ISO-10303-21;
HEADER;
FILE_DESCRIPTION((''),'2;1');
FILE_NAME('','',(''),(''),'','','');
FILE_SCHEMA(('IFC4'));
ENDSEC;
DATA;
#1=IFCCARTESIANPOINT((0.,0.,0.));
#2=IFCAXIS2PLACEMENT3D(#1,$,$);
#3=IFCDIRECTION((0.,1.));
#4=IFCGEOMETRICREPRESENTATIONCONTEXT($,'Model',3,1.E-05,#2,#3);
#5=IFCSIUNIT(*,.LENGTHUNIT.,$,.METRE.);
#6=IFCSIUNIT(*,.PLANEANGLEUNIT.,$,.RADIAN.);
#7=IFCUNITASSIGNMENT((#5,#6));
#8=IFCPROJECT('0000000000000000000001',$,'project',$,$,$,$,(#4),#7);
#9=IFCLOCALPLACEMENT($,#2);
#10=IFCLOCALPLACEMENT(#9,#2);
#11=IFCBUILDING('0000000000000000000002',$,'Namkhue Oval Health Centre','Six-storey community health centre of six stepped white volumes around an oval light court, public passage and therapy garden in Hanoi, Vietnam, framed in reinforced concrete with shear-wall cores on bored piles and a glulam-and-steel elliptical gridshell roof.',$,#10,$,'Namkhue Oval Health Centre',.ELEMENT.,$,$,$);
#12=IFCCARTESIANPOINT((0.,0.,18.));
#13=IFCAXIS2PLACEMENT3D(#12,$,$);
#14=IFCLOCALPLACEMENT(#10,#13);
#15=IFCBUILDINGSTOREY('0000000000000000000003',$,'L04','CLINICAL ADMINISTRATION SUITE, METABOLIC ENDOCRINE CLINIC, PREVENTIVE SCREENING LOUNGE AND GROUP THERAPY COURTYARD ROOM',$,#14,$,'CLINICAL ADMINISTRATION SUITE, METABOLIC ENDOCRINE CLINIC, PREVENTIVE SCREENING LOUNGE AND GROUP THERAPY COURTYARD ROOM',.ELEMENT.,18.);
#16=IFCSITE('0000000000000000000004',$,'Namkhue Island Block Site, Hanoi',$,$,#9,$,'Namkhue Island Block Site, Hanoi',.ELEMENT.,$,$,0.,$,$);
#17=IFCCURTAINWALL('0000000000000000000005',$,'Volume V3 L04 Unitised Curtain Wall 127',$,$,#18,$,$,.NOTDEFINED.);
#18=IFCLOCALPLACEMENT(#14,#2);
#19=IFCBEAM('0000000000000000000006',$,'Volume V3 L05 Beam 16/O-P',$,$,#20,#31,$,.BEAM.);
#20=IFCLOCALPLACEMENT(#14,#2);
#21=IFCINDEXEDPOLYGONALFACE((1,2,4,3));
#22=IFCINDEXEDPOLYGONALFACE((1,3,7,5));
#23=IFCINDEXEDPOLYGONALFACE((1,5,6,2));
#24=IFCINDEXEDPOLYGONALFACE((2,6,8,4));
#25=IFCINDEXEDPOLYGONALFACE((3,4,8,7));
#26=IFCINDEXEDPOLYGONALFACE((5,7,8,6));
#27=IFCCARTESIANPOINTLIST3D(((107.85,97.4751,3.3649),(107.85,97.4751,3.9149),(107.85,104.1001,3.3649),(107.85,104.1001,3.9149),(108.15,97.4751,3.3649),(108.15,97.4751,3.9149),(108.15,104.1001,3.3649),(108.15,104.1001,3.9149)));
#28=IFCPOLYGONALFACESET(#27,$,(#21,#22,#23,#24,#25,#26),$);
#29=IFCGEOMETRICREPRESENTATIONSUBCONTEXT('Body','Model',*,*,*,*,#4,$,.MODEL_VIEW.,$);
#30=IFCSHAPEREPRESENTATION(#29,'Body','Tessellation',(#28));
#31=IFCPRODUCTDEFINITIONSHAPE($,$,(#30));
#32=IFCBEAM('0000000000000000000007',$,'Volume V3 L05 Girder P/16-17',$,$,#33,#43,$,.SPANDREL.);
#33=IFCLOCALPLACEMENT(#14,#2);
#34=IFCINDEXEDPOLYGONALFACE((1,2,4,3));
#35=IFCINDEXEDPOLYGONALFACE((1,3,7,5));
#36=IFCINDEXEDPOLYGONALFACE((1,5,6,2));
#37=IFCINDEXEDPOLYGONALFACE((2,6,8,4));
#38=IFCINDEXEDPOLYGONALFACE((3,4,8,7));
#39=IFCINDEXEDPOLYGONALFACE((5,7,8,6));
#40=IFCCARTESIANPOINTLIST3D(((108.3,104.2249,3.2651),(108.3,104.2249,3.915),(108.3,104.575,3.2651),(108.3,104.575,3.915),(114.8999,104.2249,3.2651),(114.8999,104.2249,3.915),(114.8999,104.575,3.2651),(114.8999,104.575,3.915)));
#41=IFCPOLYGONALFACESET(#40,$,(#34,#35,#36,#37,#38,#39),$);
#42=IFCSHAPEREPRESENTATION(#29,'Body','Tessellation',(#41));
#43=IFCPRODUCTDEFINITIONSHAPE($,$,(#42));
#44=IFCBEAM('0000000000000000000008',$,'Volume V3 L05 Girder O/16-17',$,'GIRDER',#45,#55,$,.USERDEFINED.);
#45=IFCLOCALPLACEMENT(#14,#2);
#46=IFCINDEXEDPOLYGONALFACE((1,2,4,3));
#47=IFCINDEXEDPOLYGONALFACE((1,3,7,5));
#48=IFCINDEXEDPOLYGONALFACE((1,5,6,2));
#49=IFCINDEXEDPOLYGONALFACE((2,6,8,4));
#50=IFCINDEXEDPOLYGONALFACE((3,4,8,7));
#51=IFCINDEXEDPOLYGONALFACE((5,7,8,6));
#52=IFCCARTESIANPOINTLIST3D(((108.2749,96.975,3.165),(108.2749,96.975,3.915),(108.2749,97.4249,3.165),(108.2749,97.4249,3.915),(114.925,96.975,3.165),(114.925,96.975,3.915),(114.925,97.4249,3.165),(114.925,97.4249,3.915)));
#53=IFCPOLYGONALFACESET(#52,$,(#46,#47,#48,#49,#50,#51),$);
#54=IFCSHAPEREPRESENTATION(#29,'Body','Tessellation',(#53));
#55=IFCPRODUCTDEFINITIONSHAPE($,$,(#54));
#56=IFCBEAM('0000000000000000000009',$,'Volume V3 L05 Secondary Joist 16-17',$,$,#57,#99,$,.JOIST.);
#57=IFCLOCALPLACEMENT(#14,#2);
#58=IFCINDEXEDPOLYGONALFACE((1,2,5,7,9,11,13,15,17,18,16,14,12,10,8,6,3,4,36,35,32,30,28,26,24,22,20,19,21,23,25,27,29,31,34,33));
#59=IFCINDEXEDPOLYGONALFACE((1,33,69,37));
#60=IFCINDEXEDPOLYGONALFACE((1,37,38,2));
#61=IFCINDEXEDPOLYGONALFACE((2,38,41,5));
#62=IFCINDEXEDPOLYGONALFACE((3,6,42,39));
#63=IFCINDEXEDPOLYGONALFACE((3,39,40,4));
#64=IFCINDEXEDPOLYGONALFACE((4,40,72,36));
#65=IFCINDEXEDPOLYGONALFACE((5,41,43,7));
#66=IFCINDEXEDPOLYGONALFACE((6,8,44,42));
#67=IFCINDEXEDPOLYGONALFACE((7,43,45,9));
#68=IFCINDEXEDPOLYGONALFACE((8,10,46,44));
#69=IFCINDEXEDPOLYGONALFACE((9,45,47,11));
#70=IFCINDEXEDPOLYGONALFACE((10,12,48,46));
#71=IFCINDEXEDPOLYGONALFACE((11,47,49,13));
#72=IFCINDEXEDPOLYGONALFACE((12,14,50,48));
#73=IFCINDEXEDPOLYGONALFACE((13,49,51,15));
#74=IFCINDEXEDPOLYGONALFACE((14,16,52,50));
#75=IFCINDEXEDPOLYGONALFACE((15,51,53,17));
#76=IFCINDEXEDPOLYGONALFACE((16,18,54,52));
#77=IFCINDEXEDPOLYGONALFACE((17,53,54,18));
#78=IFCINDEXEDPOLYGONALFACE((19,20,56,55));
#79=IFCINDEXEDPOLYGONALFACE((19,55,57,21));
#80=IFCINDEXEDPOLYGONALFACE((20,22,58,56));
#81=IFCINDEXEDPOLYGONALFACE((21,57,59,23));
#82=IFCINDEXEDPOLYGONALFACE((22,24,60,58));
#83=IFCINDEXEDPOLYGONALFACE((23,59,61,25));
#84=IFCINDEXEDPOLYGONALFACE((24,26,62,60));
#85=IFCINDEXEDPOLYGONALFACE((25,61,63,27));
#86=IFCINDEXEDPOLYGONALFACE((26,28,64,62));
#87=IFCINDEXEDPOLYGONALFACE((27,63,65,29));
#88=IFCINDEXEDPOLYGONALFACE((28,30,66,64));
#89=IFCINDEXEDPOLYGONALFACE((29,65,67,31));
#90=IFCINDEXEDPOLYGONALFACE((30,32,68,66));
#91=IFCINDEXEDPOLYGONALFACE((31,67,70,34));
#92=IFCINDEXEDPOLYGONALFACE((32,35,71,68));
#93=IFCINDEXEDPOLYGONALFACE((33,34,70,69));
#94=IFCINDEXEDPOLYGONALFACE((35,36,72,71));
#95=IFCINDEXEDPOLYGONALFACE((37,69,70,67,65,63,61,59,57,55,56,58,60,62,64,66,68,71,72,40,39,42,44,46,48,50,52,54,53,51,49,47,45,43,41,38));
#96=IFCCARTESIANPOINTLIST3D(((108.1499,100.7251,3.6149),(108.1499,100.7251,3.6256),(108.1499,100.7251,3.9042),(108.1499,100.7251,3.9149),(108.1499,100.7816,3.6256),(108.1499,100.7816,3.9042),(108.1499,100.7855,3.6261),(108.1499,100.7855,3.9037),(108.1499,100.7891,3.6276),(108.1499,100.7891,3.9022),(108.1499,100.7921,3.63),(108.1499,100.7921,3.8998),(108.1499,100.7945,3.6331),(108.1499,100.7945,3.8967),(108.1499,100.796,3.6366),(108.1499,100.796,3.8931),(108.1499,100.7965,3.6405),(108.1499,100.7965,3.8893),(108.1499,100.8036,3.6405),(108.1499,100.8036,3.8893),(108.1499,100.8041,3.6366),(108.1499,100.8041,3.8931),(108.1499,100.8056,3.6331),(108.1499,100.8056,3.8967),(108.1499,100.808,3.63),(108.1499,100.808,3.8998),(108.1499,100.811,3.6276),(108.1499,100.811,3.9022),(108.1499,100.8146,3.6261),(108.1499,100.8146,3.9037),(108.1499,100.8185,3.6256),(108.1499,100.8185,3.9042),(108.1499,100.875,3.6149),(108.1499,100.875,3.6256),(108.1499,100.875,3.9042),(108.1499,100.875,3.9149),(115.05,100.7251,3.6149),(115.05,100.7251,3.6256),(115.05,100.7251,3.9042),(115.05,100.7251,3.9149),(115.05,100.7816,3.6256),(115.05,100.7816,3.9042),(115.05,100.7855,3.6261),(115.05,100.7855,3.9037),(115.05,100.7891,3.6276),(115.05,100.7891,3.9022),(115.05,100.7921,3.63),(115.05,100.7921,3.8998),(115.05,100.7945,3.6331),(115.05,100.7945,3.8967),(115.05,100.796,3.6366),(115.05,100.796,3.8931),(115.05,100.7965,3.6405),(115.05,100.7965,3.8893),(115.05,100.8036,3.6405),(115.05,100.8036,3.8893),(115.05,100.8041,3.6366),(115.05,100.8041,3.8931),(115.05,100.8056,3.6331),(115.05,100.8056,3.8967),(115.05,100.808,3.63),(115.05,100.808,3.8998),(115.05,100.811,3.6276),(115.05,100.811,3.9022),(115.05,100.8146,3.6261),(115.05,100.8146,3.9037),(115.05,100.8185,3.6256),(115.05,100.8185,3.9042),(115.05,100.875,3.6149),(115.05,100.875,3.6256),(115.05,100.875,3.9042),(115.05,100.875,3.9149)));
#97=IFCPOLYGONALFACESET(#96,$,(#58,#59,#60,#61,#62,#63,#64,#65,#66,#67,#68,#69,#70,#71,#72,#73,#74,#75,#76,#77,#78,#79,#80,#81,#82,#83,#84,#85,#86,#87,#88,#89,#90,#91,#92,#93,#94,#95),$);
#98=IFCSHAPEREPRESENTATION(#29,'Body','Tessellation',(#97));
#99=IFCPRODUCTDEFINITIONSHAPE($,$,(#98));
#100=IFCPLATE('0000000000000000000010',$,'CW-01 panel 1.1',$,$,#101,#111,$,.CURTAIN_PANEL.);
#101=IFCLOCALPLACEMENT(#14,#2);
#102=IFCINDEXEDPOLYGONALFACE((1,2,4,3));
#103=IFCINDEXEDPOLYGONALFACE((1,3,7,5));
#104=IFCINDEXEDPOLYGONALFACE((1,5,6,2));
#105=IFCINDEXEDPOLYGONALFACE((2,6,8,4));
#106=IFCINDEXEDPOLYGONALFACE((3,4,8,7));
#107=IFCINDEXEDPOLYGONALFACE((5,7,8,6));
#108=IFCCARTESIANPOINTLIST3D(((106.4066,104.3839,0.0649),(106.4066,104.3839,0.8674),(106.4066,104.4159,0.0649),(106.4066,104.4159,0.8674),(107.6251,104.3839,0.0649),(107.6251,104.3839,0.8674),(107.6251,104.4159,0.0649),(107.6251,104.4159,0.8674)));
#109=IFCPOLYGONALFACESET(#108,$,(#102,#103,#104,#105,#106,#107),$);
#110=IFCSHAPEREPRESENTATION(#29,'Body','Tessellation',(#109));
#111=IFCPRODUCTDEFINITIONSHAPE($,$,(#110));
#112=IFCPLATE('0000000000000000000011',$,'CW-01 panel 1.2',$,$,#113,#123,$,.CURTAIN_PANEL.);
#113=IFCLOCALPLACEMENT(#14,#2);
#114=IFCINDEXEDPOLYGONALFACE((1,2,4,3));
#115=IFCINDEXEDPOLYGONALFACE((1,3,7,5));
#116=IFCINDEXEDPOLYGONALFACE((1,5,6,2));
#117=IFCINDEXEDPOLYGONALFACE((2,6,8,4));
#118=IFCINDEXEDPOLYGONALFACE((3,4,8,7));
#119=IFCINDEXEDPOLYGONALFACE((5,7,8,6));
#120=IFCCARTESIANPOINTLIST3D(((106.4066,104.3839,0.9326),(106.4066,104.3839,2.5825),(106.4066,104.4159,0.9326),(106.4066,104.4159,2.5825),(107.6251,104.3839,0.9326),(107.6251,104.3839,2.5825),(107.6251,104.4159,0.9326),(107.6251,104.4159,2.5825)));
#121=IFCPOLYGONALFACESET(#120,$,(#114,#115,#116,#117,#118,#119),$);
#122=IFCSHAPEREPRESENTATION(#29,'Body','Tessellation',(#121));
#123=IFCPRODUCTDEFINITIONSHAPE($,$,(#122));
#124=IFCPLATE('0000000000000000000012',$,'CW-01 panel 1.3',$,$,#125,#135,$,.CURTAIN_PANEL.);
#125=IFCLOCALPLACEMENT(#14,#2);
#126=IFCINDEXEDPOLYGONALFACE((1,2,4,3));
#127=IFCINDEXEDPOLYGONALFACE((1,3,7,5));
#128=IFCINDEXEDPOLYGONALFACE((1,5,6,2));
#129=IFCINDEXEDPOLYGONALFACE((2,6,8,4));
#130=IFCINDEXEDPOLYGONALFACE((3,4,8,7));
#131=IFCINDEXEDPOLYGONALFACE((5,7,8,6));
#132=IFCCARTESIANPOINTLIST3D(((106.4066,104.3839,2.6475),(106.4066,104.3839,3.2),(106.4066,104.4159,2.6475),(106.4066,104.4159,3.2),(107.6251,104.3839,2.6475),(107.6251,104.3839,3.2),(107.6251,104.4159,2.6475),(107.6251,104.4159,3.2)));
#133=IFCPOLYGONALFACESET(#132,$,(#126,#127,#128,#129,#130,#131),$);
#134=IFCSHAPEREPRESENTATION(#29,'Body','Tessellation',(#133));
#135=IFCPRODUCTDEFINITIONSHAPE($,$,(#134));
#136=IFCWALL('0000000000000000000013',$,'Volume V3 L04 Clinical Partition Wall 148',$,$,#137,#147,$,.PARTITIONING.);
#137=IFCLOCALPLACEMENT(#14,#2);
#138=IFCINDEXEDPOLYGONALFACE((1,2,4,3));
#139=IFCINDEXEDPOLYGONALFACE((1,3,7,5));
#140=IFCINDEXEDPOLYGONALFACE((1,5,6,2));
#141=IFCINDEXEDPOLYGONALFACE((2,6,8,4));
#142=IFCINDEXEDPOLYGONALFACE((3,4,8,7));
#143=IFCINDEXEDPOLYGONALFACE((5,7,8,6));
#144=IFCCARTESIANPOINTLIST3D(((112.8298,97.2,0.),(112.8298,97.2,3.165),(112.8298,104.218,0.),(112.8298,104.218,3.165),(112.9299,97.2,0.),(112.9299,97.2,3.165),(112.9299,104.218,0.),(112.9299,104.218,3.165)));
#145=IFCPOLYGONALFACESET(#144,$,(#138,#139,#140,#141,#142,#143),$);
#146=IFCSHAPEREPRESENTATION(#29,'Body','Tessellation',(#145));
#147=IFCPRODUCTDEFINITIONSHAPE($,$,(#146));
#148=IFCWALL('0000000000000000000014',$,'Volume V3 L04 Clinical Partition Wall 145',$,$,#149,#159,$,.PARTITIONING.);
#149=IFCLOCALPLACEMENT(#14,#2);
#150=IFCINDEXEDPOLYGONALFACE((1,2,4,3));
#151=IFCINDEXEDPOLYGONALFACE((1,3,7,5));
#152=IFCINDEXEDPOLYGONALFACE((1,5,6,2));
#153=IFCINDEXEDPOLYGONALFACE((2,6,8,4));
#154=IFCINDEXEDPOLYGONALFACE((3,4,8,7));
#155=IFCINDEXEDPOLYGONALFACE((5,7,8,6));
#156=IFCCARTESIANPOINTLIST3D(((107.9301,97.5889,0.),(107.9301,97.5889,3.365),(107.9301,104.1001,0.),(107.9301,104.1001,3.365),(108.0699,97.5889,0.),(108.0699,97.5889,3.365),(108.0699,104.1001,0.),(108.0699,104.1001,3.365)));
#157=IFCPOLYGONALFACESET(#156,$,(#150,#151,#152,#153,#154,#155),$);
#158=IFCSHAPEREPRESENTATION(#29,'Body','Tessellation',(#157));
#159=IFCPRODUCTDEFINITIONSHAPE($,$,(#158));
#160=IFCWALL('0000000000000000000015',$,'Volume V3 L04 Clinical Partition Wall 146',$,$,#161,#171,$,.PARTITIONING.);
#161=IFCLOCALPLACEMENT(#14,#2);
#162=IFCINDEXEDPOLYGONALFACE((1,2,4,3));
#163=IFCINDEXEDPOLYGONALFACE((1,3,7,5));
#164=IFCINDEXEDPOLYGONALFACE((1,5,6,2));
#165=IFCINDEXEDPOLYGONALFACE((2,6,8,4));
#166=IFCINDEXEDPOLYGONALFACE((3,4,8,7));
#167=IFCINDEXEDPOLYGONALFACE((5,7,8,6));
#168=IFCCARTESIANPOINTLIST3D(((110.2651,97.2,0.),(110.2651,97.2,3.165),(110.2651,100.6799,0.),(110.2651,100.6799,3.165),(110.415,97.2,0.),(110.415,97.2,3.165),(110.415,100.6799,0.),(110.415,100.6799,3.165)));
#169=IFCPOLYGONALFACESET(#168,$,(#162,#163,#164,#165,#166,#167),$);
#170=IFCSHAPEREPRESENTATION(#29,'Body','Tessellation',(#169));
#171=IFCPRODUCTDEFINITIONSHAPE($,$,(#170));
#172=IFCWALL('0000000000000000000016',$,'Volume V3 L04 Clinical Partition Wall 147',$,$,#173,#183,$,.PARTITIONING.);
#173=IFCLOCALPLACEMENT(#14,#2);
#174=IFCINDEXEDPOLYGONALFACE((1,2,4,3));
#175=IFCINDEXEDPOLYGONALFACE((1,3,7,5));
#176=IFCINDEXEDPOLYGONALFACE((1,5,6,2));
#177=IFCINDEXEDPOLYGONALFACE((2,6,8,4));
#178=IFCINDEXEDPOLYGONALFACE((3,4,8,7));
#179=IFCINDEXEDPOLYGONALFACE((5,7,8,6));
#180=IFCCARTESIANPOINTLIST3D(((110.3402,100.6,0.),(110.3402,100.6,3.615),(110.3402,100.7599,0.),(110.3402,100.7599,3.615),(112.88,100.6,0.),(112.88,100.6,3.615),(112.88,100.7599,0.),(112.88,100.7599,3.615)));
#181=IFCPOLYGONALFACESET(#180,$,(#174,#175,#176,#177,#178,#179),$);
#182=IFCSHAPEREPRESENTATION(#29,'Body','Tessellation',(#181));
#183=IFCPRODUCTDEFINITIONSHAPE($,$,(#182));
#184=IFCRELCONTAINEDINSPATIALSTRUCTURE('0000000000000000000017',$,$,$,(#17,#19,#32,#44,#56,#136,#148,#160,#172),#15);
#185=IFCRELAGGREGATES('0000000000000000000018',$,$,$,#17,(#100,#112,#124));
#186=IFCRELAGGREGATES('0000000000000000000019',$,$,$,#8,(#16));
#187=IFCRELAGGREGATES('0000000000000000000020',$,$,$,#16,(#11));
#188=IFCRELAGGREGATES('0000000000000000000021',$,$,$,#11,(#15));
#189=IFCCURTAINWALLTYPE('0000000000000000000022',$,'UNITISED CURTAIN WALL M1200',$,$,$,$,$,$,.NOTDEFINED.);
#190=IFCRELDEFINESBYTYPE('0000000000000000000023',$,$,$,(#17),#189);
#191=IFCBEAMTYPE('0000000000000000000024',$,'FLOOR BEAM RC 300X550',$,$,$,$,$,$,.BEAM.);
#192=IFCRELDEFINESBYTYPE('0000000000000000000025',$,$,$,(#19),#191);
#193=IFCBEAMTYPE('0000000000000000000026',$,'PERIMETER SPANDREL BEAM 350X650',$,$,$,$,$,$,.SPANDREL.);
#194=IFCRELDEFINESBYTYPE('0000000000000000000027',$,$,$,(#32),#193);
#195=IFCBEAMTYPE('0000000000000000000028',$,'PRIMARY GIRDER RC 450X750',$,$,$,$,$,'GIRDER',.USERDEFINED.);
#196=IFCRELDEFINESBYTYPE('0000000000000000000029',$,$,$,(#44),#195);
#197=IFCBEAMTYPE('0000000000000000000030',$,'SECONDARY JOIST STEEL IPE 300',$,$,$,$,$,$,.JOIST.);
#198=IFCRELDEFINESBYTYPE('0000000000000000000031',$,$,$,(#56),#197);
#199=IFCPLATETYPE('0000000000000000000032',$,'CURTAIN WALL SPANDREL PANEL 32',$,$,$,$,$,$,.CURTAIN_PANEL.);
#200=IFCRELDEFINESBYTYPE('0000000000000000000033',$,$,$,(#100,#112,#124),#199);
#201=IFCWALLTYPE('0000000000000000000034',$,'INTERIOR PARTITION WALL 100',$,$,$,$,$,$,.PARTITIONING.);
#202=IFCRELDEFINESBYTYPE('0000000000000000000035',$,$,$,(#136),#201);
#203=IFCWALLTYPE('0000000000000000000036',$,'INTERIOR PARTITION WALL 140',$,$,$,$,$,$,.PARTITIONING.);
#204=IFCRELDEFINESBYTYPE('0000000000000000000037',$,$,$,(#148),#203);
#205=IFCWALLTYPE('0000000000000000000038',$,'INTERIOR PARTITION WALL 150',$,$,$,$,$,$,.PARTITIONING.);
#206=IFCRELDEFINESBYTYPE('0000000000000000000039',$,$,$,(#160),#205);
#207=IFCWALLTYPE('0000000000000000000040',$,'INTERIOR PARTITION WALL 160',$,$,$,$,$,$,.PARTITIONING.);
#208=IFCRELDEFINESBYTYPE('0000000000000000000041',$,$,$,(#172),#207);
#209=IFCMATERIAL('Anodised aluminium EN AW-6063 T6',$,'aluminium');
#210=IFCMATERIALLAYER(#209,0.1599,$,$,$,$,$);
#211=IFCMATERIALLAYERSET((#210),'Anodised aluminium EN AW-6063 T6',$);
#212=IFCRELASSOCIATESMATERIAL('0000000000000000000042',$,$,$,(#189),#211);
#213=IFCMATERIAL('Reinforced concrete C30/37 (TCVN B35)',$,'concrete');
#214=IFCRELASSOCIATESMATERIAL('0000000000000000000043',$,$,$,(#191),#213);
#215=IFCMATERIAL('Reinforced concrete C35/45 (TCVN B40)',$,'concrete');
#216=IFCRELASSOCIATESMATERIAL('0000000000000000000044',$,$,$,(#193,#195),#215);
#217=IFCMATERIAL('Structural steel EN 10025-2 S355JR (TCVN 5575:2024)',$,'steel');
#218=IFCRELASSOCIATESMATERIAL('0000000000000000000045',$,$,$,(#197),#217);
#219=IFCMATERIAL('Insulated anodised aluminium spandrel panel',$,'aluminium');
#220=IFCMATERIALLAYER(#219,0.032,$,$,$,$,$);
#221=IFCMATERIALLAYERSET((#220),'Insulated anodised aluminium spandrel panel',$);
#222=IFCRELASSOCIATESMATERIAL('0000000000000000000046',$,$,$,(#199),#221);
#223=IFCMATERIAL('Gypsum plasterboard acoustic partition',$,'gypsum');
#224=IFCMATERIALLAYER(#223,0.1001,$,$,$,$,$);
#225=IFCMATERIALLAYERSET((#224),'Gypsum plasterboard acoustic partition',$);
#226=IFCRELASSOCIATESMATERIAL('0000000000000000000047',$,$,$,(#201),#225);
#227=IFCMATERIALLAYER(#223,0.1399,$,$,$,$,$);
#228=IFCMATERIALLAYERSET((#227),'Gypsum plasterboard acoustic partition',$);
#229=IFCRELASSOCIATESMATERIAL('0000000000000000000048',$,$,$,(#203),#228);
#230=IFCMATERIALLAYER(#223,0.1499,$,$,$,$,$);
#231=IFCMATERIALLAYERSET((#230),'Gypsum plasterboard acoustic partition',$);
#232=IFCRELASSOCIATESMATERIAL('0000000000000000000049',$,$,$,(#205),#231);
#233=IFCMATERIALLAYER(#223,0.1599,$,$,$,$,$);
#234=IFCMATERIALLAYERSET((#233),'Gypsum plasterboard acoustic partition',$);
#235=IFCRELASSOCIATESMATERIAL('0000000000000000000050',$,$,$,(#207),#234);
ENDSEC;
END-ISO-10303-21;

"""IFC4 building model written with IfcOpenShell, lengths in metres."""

from ifc_helpers import new_model, si_unit, direction, frame, frame_2d, origin, origin_2d, place, context, subcontext, project, spatial, rectangle, i_section, extrude, material, layer, layer_set, material_profile, profile_set, type_object, element, aggregate, save


model = new_model("IFC4")

# Units and contexts
model_context = context("Model", 3, precision=1e-05, world=origin(), true_north=direction((0.0, 1.0)))
body_context = subcontext(model_context, "Body", "Model", "MODEL_VIEW")
ifc_project = project(units=[si_unit("LENGTHUNIT", "METRE"), si_unit("PLANEANGLEUNIT", "RADIAN")], contexts=[model_context])

# Site, building, storey
site_placement = place(None, origin())
site = spatial("IfcSite", under=ifc_project, at=site_placement, Name="Namkhue Island Block Site, Hanoi", LongName="Namkhue Island Block Site, Hanoi", CompositionType="ELEMENT", RefElevation=0.0)
building_placement = place(site_placement, origin())
building = spatial("IfcBuilding", under=site, at=building_placement, Name="Namkhue Oval Health Centre", Description="Six-storey community health centre of six stepped white volumes around an oval light court, public passage and therapy garden in Hanoi, Vietnam, framed in reinforced concrete with shear-wall cores on bored piles and a glulam-and-steel elliptical gridshell roof.", LongName="Namkhue Oval Health Centre", CompositionType="ELEMENT")
storey_placement = place(building_placement, frame((0.0, 0.0, 18.0)))
storey = spatial("IfcBuildingStorey", under=building, at=storey_placement, Name="L04", Description="CLINICAL ADMINISTRATION SUITE, METABOLIC ENDOCRINE CLINIC, PREVENTIVE SCREENING LOUNGE AND GROUP THERAPY COURTYARD ROOM", LongName="CLINICAL ADMINISTRATION SUITE, METABOLIC ENDOCRINE CLINIC, PREVENTIVE SCREENING LOUNGE AND GROUP THERAPY COURTYARD ROOM", CompositionType="ELEMENT", Elevation=18.0)

# Shared definitions
ifc_material_1 = material(Name="Reinforced concrete C35/45 (TCVN B40)", Category="concrete")

# Curtain wall
ifc_material_2 = material(Name="Anodised aluminium EN AW-6063 T6", Category="aluminium")
ifc_layer_1 = layer(ifc_material_2, 0.1599)
ifc_layer_set_1 = layer_set([ifc_layer_1], Name="Anodised aluminium EN AW-6063 T6")
curtain_wall_type = type_object("IfcCurtainWallType", Name="UNITISED CURTAIN WALL M1200", PredefinedType="NOTDEFINED", material=ifc_layer_set_1)
curtain_wall_placement = place(storey_placement, origin())
curtain_wall = element("IfcCurtainWall", 1, at=curtain_wall_placement, inside=storey, type_object=curtain_wall_type, Name="Volume V3 L04 Unitised Curtain Wall 127", PredefinedType="NOTDEFINED")

# Beams
ifc_material_3 = material(Name="Reinforced concrete C30/37 (TCVN B35)", Category="concrete")
ifc_material_profile_1 = material_profile(ifc_material_3, rectangle(XDim=0.3, YDim=0.55, at=origin_2d()), Name="RC 300x550")
ifc_profile_set_1 = profile_set([ifc_material_profile_1], Name="Reinforced concrete C30/37 (TCVN B35)")
beam_type_1 = type_object("IfcBeamType", Name="FLOOR BEAM RC 300X550", PredefinedType="BEAM", material=ifc_profile_set_1)
beam_1_placement = place(storey_placement, frame((108.0, 97.4751, 3.6399), z_axis=(0.0, 1.0, 0.0), x_axis=(-1.0, 0.0, 0.0)))
element("IfcBeam", 2, at=beam_1_placement, inside=storey, type_object=beam_type_1, Name="Volume V3 L05 Beam 16/O-P", PredefinedType="BEAM", context=body_context, shape_type="SweptSolid", body=[
    extrude(rectangle(XDim=0.3, YDim=0.55, at=origin_2d()), origin(), (0.0, 0.0, 1.0), 6.625),
])
ifc_material_profile_2 = material_profile(ifc_material_1, rectangle(XDim=0.3501, YDim=0.6499, at=origin_2d()), Name="RC 350x650")
ifc_profile_set_2 = profile_set([ifc_material_profile_2], Name="Reinforced concrete C35/45 (TCVN B40)")
beam_type_2 = type_object("IfcBeamType", Name="PERIMETER SPANDREL BEAM 350X650", PredefinedType="SPANDREL", material=ifc_profile_set_2)
beam_2_placement = place(storey_placement, frame((108.3, 104.3999, 3.5901), z_axis=(1.0, 0.0, 0.0), x_axis=(0.0, 1.0, 0.0)))
element("IfcBeam", 3, at=beam_2_placement, inside=storey, type_object=beam_type_2, Name="Volume V3 L05 Girder P/16-17", PredefinedType="SPANDREL", context=body_context, shape_type="SweptSolid", body=[
    extrude(rectangle(XDim=0.3501, YDim=0.6499, at=origin_2d()), origin(), (0.0, 0.0, 1.0), 6.5999),
])
ifc_material_profile_3 = material_profile(ifc_material_1, rectangle(XDim=0.45, YDim=0.75, at=origin_2d()), Name="RC 450x750")
ifc_profile_set_3 = profile_set([ifc_material_profile_3], Name="Reinforced concrete C35/45 (TCVN B40)")
beam_type_3 = type_object("IfcBeamType", Name="PRIMARY GIRDER RC 450X750", ElementType="GIRDER", PredefinedType="USERDEFINED", material=ifc_profile_set_3)
beam_3_placement = place(storey_placement, frame((108.2749, 97.2, 3.54), z_axis=(1.0, 0.0, 0.0), x_axis=(0.0, 1.0, 0.0)))
element("IfcBeam", 4, at=beam_3_placement, inside=storey, type_object=beam_type_3, Name="Volume V3 L05 Girder O/16-17", ObjectType="GIRDER", PredefinedType="USERDEFINED", context=body_context, shape_type="SweptSolid", body=[
    extrude(rectangle(XDim=0.45, YDim=0.75, at=origin_2d()), origin(), (0.0, 0.0, 1.0), 6.6501),
])
ifc_material_4 = material(Name="Structural steel EN 10025-2 S355JR (TCVN 5575:2024)", Category="steel")
ifc_material_profile_4 = material_profile(ifc_material_4, i_section(OverallWidth=0.1499, OverallDepth=0.3, WebThickness=0.0071, FlangeThickness=0.0107, FilletRadius=0.0149, at=origin_2d()), Name="IPE 300")
ifc_profile_set_4 = profile_set([ifc_material_profile_4], Name="Structural steel EN 10025-2 S355JR (TCVN 5575:2024)")
beam_type_4 = type_object("IfcBeamType", Name="SECONDARY JOIST STEEL IPE 300", PredefinedType="JOIST", material=ifc_profile_set_4)
beam_4_placement = place(storey_placement, frame((108.1499, 100.8, 3.7649), z_axis=(1.0, 0.0, 0.0), x_axis=(0.0, 1.0, 0.0)))
element("IfcBeam", 5, at=beam_4_placement, inside=storey, type_object=beam_type_4, Name="Volume V3 L05 Secondary Joist 16-17", PredefinedType="JOIST", context=body_context, shape_type="SweptSolid", body=[
    extrude(i_section(OverallWidth=0.1499, OverallDepth=0.3, WebThickness=0.0071, FlangeThickness=0.0107, FilletRadius=0.0149, at=origin_2d()), origin(), (0.0, 0.0, 1.0), 6.9001),
])

# Plates
ifc_material_5 = material(Name="Insulated anodised aluminium spandrel panel", Category="aluminium")
ifc_layer_2 = layer(ifc_material_5, 0.032)
ifc_layer_set_2 = layer_set([ifc_layer_2], Name="Insulated anodised aluminium spandrel panel")
plate_type = type_object("IfcPlateType", Name="CURTAIN WALL SPANDREL PANEL 32", PredefinedType="CURTAIN_PANEL", material=ifc_layer_set_2)
plate_1_placement = place(storey_placement, frame((107.0159, 104.3999, 0.0649), z_axis=(0.0, 0.0, 1.0), x_axis=(-1.0, 0.0, 0.0)))
plate_1 = element("IfcPlate", 6, at=plate_1_placement, type_object=plate_type, Name="CW-01 panel 1.1", PredefinedType="CURTAIN_PANEL", context=body_context, shape_type="SweptSolid", body=[
    extrude(rectangle(XDim=1.2185, YDim=0.032, at=origin_2d()), origin(), (0.0, 0.0, 1.0), 0.8025),
])
plate_2_placement = place(storey_placement, frame((107.0159, 104.3999, 0.9326), z_axis=(0.0, 0.0, 1.0), x_axis=(-1.0, 0.0, 0.0)))
plate_2 = element("IfcPlate", 7, at=plate_2_placement, type_object=plate_type, Name="CW-01 panel 1.2", PredefinedType="CURTAIN_PANEL", context=body_context, shape_type="SweptSolid", body=[
    extrude(rectangle(XDim=1.2185, YDim=0.032, at=origin_2d()), origin(), (0.0, 0.0, 1.0), 1.6499),
])
plate_3_placement = place(storey_placement, frame((107.0159, 104.3999, 2.6475), z_axis=(0.0, 0.0, 1.0), x_axis=(-1.0, 0.0, 0.0)))
plate_3 = element("IfcPlate", 8, at=plate_3_placement, type_object=plate_type, Name="CW-01 panel 1.3", PredefinedType="CURTAIN_PANEL", context=body_context, shape_type="SweptSolid", body=[
    extrude(rectangle(XDim=1.2185, YDim=0.032, at=origin_2d()), origin(), (0.0, 0.0, 1.0), 0.5525),
])
aggregate(curtain_wall, [plate_1, plate_2, plate_3])

# Walls
ifc_material_6 = material(Name="Gypsum plasterboard acoustic partition", Category="gypsum")
ifc_layer_3 = layer(ifc_material_6, 0.1001)
ifc_layer_set_3 = layer_set([ifc_layer_3], Name="Gypsum plasterboard acoustic partition")
wall_type_1 = type_object("IfcWallType", Name="INTERIOR PARTITION WALL 100", PredefinedType="PARTITIONING", material=ifc_layer_set_3)
wall_1_placement = place(storey_placement, frame((112.8799, 97.2, 0.0), z_axis=(0.0, 0.0, 1.0), x_axis=(0.0, 1.0, 0.0)))
element("IfcWall", 9, at=wall_1_placement, inside=storey, type_object=wall_type_1, Name="Volume V3 L04 Clinical Partition Wall 148", PredefinedType="PARTITIONING", context=body_context, shape_type="SweptSolid", body=[
    extrude(rectangle(XDim=7.0181, YDim=0.1001, at=frame_2d((3.509, 0.0))), origin(), (0.0, 0.0, 1.0), 3.165),
])
ifc_layer_4 = layer(ifc_material_6, 0.1399)
ifc_layer_set_4 = layer_set([ifc_layer_4], Name="Gypsum plasterboard acoustic partition")
wall_type_2 = type_object("IfcWallType", Name="INTERIOR PARTITION WALL 140", PredefinedType="PARTITIONING", material=ifc_layer_set_4)
wall_2_placement = place(storey_placement, frame((108.0, 97.5889, 0.0), z_axis=(0.0, 0.0, 1.0), x_axis=(0.0, 1.0, 0.0)))
element("IfcWall", 10, at=wall_2_placement, inside=storey, type_object=wall_type_2, Name="Volume V3 L04 Clinical Partition Wall 145", PredefinedType="PARTITIONING", context=body_context, shape_type="SweptSolid", body=[
    extrude(rectangle(XDim=6.5112, YDim=0.1399, at=frame_2d((3.2556, 0.0))), origin(), (0.0, 0.0, 1.0), 3.365),
])
ifc_layer_5 = layer(ifc_material_6, 0.1499)
ifc_layer_set_5 = layer_set([ifc_layer_5], Name="Gypsum plasterboard acoustic partition")
wall_type_3 = type_object("IfcWallType", Name="INTERIOR PARTITION WALL 150", PredefinedType="PARTITIONING", material=ifc_layer_set_5)
wall_3_placement = place(storey_placement, frame((110.3401, 97.2, 0.0), z_axis=(0.0, 0.0, 1.0), x_axis=(0.0, 1.0, 0.0)))
element("IfcWall", 11, at=wall_3_placement, inside=storey, type_object=wall_type_3, Name="Volume V3 L04 Clinical Partition Wall 146", PredefinedType="PARTITIONING", context=body_context, shape_type="SweptSolid", body=[
    extrude(rectangle(XDim=3.48, YDim=0.1499, at=frame_2d((1.74, 0.0))), origin(), (0.0, 0.0, 1.0), 3.165),
])
ifc_layer_6 = layer(ifc_material_6, 0.1599)
ifc_layer_set_6 = layer_set([ifc_layer_6], Name="Gypsum plasterboard acoustic partition")
wall_type_4 = type_object("IfcWallType", Name="INTERIOR PARTITION WALL 160", PredefinedType="PARTITIONING", material=ifc_layer_set_6)
wall_4_placement = place(storey_placement, frame((110.3401, 100.6799, 0.0), z_axis=(0.0, 0.0, 1.0), x_axis=(1.0, 0.0, 0.0)))
element("IfcWall", 12, at=wall_4_placement, inside=storey, type_object=wall_type_4, Name="Volume V3 L04 Clinical Partition Wall 147", PredefinedType="PARTITIONING", context=body_context, shape_type="SweptSolid", body=[
    extrude(rectangle(XDim=2.5398, YDim=0.1599, at=frame_2d((1.27, 0.0))), origin(), (0.0, 0.0, 1.0), 3.615),
])

save(model, "model.ifc")
